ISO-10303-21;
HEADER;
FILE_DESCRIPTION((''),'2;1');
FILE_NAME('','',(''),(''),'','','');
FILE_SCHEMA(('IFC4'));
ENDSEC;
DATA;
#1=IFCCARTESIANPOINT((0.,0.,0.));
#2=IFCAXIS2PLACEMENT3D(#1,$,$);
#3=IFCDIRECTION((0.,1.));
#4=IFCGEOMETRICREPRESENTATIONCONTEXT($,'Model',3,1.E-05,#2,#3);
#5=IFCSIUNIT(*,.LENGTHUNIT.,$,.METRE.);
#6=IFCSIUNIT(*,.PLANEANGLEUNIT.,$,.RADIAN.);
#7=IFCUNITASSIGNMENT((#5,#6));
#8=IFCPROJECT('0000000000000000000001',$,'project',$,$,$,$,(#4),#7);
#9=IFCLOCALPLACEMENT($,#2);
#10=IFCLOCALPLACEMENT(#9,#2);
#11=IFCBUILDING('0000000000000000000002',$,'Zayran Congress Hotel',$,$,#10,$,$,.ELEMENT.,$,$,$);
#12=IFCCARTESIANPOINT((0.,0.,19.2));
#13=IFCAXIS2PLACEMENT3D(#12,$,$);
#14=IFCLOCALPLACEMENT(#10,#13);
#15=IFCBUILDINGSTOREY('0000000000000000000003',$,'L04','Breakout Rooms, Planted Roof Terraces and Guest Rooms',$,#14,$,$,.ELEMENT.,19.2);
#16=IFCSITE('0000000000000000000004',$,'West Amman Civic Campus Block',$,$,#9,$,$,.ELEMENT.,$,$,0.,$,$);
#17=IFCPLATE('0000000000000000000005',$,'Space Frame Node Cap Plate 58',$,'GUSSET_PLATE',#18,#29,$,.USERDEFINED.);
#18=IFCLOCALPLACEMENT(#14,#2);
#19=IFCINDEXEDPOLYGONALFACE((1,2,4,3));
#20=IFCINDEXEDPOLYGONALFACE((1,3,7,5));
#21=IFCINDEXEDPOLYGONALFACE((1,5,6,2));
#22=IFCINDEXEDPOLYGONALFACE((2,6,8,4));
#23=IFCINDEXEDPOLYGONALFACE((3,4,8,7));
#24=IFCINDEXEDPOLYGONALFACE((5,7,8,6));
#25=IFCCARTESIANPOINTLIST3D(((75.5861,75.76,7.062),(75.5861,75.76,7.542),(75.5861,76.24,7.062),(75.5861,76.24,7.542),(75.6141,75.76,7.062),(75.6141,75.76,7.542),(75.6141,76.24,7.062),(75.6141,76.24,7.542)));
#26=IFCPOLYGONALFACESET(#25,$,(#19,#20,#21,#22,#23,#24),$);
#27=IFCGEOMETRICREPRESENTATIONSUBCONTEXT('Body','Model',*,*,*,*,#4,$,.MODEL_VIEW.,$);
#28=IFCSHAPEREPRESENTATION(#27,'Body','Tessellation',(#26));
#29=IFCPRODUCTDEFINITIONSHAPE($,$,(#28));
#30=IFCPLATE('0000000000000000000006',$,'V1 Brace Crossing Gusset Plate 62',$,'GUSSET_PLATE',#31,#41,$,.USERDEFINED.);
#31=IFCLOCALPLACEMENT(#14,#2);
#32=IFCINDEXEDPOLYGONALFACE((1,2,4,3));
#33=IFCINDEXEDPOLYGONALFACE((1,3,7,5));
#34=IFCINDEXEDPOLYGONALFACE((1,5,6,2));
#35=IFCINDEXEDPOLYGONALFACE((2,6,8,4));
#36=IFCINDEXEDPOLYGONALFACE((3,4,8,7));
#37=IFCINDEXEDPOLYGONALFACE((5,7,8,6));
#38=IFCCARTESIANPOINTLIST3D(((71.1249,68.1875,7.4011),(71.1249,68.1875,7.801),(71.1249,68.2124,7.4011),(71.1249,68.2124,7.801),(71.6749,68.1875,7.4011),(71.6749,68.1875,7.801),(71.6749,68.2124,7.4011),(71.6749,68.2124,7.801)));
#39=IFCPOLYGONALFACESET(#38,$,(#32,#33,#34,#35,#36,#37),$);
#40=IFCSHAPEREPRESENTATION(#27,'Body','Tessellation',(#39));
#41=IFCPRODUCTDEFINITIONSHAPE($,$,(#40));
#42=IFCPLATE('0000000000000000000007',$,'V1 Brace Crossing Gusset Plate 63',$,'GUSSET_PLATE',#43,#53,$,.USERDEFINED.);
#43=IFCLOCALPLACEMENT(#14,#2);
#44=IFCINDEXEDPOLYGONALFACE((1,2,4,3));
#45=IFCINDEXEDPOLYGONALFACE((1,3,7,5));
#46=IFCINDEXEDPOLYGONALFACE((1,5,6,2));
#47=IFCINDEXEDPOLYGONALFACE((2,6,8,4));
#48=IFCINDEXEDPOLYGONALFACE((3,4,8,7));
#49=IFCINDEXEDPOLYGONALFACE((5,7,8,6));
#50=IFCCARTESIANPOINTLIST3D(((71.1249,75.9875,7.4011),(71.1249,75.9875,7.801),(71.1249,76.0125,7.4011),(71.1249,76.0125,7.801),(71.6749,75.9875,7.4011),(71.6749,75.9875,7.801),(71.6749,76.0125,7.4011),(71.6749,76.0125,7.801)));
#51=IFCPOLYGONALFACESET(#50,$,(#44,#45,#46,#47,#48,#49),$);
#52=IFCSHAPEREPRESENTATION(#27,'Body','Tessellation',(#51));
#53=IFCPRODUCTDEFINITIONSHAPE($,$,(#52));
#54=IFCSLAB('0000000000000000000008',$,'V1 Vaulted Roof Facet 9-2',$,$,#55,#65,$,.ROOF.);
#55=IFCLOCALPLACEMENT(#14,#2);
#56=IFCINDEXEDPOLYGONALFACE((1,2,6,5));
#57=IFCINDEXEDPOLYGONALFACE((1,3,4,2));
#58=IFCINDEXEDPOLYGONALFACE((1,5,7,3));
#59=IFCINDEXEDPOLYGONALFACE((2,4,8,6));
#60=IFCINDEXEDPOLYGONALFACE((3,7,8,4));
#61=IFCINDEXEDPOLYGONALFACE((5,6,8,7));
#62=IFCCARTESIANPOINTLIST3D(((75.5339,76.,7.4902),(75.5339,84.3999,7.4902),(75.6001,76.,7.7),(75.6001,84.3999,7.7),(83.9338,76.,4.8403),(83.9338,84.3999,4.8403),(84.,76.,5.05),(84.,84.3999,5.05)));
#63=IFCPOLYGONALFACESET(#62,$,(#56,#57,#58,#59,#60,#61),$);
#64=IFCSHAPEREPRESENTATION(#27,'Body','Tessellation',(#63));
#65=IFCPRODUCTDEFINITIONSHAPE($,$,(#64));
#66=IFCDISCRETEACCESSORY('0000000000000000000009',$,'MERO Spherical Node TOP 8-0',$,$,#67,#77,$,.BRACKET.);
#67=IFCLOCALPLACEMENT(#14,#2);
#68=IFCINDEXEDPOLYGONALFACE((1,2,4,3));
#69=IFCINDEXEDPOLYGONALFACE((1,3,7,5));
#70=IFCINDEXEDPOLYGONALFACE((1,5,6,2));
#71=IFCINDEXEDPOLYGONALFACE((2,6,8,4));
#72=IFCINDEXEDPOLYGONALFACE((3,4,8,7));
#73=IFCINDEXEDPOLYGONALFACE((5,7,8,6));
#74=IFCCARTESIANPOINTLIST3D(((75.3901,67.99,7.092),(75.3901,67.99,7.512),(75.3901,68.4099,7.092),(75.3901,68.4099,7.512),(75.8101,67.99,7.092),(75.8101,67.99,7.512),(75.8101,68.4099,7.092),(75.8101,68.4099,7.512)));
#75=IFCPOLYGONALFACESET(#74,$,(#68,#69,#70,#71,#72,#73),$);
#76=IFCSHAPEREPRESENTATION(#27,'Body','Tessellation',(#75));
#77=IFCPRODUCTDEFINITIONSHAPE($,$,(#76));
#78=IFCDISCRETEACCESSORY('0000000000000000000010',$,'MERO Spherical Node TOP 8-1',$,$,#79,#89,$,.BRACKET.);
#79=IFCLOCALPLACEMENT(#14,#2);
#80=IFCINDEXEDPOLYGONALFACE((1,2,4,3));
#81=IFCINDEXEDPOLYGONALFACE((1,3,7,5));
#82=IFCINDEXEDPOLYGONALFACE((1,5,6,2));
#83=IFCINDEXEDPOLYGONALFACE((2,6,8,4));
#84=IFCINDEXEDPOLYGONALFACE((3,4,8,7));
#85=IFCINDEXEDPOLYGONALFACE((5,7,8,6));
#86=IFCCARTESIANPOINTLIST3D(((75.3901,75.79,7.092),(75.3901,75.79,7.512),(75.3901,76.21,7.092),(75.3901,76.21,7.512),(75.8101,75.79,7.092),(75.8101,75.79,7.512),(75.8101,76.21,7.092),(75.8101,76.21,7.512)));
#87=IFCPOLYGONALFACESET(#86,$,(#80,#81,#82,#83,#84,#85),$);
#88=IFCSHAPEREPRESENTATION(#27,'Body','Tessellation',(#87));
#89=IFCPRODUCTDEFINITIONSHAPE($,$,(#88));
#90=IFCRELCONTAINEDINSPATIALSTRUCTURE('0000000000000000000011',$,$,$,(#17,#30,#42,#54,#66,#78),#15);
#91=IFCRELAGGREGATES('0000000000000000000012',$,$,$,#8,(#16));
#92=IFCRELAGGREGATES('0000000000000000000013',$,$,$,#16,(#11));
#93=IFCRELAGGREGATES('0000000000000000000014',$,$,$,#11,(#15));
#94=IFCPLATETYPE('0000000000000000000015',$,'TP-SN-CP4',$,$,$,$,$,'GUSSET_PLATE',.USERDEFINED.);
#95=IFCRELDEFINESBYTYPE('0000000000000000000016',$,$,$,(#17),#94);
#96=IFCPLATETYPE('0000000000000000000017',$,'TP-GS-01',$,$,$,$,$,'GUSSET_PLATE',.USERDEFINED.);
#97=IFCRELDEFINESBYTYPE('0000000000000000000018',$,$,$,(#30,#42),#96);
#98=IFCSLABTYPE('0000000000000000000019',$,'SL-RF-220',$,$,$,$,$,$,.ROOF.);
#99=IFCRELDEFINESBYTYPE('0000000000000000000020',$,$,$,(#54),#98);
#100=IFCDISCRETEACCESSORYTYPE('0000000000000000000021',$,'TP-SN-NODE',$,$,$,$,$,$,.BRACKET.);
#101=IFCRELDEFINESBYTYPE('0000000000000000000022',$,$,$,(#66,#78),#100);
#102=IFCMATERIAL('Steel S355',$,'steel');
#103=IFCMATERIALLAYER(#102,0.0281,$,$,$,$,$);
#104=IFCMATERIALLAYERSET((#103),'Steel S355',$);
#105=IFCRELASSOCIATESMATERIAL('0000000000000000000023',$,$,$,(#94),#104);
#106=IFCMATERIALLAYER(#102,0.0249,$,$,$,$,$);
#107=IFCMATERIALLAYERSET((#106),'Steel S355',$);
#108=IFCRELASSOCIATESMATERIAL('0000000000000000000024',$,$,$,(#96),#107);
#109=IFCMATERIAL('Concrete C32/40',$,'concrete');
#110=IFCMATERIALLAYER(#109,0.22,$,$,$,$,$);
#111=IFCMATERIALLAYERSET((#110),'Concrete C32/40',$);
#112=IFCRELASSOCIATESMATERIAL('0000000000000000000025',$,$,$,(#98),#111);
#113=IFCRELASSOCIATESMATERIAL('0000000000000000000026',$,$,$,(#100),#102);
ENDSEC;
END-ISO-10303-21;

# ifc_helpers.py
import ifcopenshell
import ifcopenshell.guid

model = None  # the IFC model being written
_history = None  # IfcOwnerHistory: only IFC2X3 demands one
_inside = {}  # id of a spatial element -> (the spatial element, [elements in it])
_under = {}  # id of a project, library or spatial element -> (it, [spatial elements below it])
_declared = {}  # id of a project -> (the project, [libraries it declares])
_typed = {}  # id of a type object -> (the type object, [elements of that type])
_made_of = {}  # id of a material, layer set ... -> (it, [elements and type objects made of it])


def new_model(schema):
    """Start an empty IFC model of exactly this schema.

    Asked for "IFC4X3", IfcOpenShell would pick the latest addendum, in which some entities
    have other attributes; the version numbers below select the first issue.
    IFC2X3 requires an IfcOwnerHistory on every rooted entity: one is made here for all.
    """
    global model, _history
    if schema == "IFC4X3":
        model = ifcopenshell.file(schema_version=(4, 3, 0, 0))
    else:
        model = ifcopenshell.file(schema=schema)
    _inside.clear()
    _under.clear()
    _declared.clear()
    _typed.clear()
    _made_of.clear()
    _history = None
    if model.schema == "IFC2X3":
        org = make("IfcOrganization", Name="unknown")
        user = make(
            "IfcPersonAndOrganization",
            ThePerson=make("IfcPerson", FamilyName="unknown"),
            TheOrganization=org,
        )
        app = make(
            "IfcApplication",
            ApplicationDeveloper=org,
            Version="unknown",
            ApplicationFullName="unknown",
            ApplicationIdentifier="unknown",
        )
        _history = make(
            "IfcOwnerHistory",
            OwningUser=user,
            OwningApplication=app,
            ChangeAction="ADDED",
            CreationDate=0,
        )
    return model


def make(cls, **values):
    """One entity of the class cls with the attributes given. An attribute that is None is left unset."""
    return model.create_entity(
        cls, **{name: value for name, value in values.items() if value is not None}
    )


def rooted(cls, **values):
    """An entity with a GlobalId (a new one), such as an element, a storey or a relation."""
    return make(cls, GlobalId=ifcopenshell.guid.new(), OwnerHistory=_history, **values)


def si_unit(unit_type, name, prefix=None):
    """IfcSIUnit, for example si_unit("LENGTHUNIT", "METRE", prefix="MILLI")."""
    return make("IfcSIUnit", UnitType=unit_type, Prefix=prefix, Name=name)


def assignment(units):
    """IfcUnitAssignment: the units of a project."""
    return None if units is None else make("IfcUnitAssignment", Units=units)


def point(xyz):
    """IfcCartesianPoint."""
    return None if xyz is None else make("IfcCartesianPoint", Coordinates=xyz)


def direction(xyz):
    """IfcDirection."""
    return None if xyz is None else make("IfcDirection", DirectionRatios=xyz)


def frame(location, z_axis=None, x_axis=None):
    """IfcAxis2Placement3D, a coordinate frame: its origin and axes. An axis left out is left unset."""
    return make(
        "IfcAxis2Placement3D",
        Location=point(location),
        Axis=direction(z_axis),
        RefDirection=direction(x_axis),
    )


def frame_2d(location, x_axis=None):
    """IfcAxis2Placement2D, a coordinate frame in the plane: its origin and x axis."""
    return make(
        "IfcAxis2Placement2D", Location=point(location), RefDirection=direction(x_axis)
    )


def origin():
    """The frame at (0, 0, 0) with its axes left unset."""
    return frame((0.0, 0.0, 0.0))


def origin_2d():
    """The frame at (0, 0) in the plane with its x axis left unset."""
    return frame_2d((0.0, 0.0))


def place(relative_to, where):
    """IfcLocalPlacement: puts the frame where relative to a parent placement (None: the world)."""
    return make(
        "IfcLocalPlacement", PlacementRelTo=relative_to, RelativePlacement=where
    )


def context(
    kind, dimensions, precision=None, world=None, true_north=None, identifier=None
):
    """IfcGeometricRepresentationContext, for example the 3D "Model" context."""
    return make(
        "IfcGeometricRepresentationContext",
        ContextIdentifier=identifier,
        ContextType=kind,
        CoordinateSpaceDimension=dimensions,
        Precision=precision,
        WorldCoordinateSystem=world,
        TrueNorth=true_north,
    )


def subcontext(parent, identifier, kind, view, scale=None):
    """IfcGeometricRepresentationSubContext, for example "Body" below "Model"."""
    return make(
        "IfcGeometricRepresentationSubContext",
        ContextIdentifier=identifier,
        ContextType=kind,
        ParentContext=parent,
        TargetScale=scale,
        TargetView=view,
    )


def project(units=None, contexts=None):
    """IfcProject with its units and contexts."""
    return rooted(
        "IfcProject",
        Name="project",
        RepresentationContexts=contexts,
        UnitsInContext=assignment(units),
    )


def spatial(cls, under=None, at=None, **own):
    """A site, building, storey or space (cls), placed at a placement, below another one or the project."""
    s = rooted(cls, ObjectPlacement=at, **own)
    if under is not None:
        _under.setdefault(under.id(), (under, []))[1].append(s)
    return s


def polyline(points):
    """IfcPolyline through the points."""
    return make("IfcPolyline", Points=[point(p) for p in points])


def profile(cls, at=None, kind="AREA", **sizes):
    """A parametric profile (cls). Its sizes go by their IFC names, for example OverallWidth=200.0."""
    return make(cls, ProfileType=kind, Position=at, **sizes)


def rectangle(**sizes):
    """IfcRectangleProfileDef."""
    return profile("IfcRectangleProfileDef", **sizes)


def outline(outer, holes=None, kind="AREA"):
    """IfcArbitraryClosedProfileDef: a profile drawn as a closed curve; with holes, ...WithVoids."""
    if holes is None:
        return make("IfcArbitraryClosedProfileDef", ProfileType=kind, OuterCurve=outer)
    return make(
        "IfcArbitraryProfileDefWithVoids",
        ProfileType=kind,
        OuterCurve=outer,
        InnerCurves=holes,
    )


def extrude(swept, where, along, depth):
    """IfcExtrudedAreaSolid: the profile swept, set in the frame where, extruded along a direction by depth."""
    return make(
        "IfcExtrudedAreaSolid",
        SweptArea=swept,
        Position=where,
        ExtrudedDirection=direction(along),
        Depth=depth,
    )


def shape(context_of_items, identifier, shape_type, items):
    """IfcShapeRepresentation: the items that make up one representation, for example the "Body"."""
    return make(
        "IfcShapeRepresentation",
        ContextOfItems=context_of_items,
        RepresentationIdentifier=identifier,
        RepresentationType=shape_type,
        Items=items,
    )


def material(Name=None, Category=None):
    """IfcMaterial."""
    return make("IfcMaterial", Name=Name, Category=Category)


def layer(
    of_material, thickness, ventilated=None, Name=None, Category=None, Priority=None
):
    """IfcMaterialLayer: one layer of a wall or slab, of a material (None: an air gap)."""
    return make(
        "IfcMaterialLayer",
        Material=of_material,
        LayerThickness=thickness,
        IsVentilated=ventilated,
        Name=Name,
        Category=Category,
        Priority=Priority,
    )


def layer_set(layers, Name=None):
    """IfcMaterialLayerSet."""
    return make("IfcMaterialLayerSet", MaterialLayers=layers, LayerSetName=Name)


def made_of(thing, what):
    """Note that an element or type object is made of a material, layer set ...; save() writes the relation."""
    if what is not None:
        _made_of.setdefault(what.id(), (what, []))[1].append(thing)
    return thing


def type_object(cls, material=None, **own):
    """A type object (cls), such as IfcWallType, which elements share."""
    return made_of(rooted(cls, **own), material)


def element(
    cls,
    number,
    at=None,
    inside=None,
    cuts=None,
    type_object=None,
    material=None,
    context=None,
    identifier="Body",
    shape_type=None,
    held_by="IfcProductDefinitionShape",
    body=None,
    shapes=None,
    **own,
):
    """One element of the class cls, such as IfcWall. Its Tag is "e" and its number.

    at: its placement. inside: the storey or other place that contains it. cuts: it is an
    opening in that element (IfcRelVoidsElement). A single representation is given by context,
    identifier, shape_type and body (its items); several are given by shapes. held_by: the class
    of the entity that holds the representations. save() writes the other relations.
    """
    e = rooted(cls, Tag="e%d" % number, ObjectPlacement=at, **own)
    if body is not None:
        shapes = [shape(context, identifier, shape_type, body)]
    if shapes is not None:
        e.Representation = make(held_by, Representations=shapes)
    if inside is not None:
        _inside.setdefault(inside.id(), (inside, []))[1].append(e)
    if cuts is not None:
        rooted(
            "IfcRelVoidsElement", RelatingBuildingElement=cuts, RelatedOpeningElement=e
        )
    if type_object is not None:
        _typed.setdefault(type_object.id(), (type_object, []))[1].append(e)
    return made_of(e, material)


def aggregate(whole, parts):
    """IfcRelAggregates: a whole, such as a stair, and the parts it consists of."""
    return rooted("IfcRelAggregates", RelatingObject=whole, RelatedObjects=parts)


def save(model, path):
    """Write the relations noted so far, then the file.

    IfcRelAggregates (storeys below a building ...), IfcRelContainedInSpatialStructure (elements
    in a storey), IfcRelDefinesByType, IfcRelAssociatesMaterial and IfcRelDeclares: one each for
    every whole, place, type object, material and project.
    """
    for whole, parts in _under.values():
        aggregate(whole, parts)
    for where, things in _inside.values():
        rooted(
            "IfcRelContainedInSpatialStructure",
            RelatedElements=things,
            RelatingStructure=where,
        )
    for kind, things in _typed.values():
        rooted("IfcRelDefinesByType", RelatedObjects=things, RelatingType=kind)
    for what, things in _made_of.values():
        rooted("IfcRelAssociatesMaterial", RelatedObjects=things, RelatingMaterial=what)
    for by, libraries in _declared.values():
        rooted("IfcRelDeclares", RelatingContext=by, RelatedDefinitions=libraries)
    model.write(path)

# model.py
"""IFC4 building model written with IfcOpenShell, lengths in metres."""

from ifc_helpers import new_model, si_unit, direction, frame, origin, origin_2d, place, context, subcontext, project, spatial, polyline, rectangle, outline, extrude, material, layer, layer_set, type_object, element, save


model = new_model("IFC4")

# Units and contexts
model_context = context("Model", 3, precision=1e-05, world=origin(), true_north=direction((0.0, 1.0)))
body_context = subcontext(model_context, "Body", "Model", "MODEL_VIEW")
ifc_project = project(units=[si_unit("LENGTHUNIT", "METRE"), si_unit("PLANEANGLEUNIT", "RADIAN")], contexts=[model_context])

# Site, building, storey
site_placement = place(None, origin())
site = spatial("IfcSite", under=ifc_project, at=site_placement, Name="West Amman Civic Campus Block", CompositionType="ELEMENT", RefElevation=0.0)
building_placement = place(site_placement, origin())
building = spatial("IfcBuilding", under=site, at=building_placement, Name="Zayran Congress Hotel", CompositionType="ELEMENT")
storey_placement = place(building_placement, frame((0.0, 0.0, 19.2)))
storey = spatial("IfcBuildingStorey", under=building, at=storey_placement, Name="L04", Description="Breakout Rooms, Planted Roof Terraces and Guest Rooms", CompositionType="ELEMENT", Elevation=19.2)

# Shared definitions
ifc_material_1 = material(Name="Steel S355", Category="steel")

# Plates
ifc_layer_1 = layer(ifc_material_1, 0.0281)
ifc_layer_set_1 = layer_set([ifc_layer_1], Name="Steel S355")
plate_type_1 = type_object("IfcPlateType", Name="TP-SN-CP4", ElementType="GUSSET_PLATE", PredefinedType="USERDEFINED", material=ifc_layer_set_1)
plate_1_placement = place(storey_placement, frame((75.6001, 76.0, 7.062), z_axis=(0.0, 0.0, 1.0), x_axis=(0.0, 1.0, 0.0)))
element("IfcPlate", 1, at=plate_1_placement, inside=storey, type_object=plate_type_1, Name="Space Frame Node Cap Plate 58", ObjectType="GUSSET_PLATE", PredefinedType="USERDEFINED", context=body_context, shape_type="SweptSolid", body=[
    extrude(rectangle(XDim=0.48, YDim=0.0281, at=origin_2d()), origin(), (0.0, 0.0, 1.0), 0.48),
])
ifc_layer_2 = layer(ifc_material_1, 0.0249)
ifc_layer_set_2 = layer_set([ifc_layer_2], Name="Steel S355")
plate_type_2 = type_object("IfcPlateType", Name="TP-GS-01", ElementType="GUSSET_PLATE", PredefinedType="USERDEFINED", material=ifc_layer_set_2)
for number, where, z_axis, x_axis, name in (
    (2, (71.3999, 68.2, 7.4011), (0.0, 0.0, 1.0), (1.0, 0.0, 0.0), "V1 Brace Crossing Gusset Plate 62"),
    (3, (71.3999, 76.0, 7.4011), (0.0, 0.0, 1.0), (1.0, 0.0, 0.0), "V1 Brace Crossing Gusset Plate 63"),
):
    element("IfcPlate", number, at=place(storey_placement, frame(where, z_axis=z_axis, x_axis=x_axis)), inside=storey, type_object=plate_type_2, Name=name, ObjectType="GUSSET_PLATE", PredefinedType="USERDEFINED", context=body_context, shape_type="SweptSolid", body=[
        extrude(rectangle(XDim=0.55, YDim=0.0249, at=origin_2d()), origin(), (0.0, 0.0, 1.0), 0.3999),
    ])

# Slab
ifc_material_2 = material(Name="Concrete C32/40", Category="concrete")
ifc_layer_3 = layer(ifc_material_2, 0.22)
ifc_layer_set_3 = layer_set([ifc_layer_3], Name="Concrete C32/40")
slab_type = type_object("IfcSlabType", Name="SL-RF-220", PredefinedType="ROOF", material=ifc_layer_set_3)
slab_placement = place(storey_placement, frame((75.6001, 76.0, 7.7), z_axis=(0.300853, 0.0, 0.953671), x_axis=(0.953671, 0.0, -0.300853)))
element("IfcSlab", 4, at=slab_placement, inside=storey, type_object=slab_type, Name="V1 Vaulted Roof Facet 9-2", PredefinedType="ROOF", context=body_context, shape_type="SweptSolid", body=[
    extrude(outline(polyline([(0.0, 0.0), (8.808, 0.0), (8.808, 8.3999), (0.0, 8.3999), (0.0, 0.0)])), origin(), (0.0, 0.0, -1.0), 0.22),
])

# Discrete accessories
discrete_accessory_type = type_object("IfcDiscreteAccessoryType", Name="TP-SN-NODE", PredefinedType="BRACKET", material=ifc_material_1)
for number, where, z_axis, x_axis, name in (
    (5, (75.6001, 68.2, 7.092), (0.0, 0.0, 1.0), (1.0, 0.0, 0.0), "MERO Spherical Node TOP 8-0"),
    (6, (75.6001, 76.0, 7.092), (0.0, 0.0, 1.0), (1.0, 0.0, 0.0), "MERO Spherical Node TOP 8-1"),
):
    element("IfcDiscreteAccessory", number, at=place(storey_placement, frame(where, z_axis=z_axis, x_axis=x_axis)), inside=storey, type_object=discrete_accessory_type, Name=name, PredefinedType="BRACKET", context=body_context, shape_type="SweptSolid", body=[
        extrude(rectangle(XDim=0.4199, YDim=0.4199, at=origin_2d()), origin(), (0.0, 0.0, 1.0), 0.4199),
    ])

save(model, "model.ifc")
